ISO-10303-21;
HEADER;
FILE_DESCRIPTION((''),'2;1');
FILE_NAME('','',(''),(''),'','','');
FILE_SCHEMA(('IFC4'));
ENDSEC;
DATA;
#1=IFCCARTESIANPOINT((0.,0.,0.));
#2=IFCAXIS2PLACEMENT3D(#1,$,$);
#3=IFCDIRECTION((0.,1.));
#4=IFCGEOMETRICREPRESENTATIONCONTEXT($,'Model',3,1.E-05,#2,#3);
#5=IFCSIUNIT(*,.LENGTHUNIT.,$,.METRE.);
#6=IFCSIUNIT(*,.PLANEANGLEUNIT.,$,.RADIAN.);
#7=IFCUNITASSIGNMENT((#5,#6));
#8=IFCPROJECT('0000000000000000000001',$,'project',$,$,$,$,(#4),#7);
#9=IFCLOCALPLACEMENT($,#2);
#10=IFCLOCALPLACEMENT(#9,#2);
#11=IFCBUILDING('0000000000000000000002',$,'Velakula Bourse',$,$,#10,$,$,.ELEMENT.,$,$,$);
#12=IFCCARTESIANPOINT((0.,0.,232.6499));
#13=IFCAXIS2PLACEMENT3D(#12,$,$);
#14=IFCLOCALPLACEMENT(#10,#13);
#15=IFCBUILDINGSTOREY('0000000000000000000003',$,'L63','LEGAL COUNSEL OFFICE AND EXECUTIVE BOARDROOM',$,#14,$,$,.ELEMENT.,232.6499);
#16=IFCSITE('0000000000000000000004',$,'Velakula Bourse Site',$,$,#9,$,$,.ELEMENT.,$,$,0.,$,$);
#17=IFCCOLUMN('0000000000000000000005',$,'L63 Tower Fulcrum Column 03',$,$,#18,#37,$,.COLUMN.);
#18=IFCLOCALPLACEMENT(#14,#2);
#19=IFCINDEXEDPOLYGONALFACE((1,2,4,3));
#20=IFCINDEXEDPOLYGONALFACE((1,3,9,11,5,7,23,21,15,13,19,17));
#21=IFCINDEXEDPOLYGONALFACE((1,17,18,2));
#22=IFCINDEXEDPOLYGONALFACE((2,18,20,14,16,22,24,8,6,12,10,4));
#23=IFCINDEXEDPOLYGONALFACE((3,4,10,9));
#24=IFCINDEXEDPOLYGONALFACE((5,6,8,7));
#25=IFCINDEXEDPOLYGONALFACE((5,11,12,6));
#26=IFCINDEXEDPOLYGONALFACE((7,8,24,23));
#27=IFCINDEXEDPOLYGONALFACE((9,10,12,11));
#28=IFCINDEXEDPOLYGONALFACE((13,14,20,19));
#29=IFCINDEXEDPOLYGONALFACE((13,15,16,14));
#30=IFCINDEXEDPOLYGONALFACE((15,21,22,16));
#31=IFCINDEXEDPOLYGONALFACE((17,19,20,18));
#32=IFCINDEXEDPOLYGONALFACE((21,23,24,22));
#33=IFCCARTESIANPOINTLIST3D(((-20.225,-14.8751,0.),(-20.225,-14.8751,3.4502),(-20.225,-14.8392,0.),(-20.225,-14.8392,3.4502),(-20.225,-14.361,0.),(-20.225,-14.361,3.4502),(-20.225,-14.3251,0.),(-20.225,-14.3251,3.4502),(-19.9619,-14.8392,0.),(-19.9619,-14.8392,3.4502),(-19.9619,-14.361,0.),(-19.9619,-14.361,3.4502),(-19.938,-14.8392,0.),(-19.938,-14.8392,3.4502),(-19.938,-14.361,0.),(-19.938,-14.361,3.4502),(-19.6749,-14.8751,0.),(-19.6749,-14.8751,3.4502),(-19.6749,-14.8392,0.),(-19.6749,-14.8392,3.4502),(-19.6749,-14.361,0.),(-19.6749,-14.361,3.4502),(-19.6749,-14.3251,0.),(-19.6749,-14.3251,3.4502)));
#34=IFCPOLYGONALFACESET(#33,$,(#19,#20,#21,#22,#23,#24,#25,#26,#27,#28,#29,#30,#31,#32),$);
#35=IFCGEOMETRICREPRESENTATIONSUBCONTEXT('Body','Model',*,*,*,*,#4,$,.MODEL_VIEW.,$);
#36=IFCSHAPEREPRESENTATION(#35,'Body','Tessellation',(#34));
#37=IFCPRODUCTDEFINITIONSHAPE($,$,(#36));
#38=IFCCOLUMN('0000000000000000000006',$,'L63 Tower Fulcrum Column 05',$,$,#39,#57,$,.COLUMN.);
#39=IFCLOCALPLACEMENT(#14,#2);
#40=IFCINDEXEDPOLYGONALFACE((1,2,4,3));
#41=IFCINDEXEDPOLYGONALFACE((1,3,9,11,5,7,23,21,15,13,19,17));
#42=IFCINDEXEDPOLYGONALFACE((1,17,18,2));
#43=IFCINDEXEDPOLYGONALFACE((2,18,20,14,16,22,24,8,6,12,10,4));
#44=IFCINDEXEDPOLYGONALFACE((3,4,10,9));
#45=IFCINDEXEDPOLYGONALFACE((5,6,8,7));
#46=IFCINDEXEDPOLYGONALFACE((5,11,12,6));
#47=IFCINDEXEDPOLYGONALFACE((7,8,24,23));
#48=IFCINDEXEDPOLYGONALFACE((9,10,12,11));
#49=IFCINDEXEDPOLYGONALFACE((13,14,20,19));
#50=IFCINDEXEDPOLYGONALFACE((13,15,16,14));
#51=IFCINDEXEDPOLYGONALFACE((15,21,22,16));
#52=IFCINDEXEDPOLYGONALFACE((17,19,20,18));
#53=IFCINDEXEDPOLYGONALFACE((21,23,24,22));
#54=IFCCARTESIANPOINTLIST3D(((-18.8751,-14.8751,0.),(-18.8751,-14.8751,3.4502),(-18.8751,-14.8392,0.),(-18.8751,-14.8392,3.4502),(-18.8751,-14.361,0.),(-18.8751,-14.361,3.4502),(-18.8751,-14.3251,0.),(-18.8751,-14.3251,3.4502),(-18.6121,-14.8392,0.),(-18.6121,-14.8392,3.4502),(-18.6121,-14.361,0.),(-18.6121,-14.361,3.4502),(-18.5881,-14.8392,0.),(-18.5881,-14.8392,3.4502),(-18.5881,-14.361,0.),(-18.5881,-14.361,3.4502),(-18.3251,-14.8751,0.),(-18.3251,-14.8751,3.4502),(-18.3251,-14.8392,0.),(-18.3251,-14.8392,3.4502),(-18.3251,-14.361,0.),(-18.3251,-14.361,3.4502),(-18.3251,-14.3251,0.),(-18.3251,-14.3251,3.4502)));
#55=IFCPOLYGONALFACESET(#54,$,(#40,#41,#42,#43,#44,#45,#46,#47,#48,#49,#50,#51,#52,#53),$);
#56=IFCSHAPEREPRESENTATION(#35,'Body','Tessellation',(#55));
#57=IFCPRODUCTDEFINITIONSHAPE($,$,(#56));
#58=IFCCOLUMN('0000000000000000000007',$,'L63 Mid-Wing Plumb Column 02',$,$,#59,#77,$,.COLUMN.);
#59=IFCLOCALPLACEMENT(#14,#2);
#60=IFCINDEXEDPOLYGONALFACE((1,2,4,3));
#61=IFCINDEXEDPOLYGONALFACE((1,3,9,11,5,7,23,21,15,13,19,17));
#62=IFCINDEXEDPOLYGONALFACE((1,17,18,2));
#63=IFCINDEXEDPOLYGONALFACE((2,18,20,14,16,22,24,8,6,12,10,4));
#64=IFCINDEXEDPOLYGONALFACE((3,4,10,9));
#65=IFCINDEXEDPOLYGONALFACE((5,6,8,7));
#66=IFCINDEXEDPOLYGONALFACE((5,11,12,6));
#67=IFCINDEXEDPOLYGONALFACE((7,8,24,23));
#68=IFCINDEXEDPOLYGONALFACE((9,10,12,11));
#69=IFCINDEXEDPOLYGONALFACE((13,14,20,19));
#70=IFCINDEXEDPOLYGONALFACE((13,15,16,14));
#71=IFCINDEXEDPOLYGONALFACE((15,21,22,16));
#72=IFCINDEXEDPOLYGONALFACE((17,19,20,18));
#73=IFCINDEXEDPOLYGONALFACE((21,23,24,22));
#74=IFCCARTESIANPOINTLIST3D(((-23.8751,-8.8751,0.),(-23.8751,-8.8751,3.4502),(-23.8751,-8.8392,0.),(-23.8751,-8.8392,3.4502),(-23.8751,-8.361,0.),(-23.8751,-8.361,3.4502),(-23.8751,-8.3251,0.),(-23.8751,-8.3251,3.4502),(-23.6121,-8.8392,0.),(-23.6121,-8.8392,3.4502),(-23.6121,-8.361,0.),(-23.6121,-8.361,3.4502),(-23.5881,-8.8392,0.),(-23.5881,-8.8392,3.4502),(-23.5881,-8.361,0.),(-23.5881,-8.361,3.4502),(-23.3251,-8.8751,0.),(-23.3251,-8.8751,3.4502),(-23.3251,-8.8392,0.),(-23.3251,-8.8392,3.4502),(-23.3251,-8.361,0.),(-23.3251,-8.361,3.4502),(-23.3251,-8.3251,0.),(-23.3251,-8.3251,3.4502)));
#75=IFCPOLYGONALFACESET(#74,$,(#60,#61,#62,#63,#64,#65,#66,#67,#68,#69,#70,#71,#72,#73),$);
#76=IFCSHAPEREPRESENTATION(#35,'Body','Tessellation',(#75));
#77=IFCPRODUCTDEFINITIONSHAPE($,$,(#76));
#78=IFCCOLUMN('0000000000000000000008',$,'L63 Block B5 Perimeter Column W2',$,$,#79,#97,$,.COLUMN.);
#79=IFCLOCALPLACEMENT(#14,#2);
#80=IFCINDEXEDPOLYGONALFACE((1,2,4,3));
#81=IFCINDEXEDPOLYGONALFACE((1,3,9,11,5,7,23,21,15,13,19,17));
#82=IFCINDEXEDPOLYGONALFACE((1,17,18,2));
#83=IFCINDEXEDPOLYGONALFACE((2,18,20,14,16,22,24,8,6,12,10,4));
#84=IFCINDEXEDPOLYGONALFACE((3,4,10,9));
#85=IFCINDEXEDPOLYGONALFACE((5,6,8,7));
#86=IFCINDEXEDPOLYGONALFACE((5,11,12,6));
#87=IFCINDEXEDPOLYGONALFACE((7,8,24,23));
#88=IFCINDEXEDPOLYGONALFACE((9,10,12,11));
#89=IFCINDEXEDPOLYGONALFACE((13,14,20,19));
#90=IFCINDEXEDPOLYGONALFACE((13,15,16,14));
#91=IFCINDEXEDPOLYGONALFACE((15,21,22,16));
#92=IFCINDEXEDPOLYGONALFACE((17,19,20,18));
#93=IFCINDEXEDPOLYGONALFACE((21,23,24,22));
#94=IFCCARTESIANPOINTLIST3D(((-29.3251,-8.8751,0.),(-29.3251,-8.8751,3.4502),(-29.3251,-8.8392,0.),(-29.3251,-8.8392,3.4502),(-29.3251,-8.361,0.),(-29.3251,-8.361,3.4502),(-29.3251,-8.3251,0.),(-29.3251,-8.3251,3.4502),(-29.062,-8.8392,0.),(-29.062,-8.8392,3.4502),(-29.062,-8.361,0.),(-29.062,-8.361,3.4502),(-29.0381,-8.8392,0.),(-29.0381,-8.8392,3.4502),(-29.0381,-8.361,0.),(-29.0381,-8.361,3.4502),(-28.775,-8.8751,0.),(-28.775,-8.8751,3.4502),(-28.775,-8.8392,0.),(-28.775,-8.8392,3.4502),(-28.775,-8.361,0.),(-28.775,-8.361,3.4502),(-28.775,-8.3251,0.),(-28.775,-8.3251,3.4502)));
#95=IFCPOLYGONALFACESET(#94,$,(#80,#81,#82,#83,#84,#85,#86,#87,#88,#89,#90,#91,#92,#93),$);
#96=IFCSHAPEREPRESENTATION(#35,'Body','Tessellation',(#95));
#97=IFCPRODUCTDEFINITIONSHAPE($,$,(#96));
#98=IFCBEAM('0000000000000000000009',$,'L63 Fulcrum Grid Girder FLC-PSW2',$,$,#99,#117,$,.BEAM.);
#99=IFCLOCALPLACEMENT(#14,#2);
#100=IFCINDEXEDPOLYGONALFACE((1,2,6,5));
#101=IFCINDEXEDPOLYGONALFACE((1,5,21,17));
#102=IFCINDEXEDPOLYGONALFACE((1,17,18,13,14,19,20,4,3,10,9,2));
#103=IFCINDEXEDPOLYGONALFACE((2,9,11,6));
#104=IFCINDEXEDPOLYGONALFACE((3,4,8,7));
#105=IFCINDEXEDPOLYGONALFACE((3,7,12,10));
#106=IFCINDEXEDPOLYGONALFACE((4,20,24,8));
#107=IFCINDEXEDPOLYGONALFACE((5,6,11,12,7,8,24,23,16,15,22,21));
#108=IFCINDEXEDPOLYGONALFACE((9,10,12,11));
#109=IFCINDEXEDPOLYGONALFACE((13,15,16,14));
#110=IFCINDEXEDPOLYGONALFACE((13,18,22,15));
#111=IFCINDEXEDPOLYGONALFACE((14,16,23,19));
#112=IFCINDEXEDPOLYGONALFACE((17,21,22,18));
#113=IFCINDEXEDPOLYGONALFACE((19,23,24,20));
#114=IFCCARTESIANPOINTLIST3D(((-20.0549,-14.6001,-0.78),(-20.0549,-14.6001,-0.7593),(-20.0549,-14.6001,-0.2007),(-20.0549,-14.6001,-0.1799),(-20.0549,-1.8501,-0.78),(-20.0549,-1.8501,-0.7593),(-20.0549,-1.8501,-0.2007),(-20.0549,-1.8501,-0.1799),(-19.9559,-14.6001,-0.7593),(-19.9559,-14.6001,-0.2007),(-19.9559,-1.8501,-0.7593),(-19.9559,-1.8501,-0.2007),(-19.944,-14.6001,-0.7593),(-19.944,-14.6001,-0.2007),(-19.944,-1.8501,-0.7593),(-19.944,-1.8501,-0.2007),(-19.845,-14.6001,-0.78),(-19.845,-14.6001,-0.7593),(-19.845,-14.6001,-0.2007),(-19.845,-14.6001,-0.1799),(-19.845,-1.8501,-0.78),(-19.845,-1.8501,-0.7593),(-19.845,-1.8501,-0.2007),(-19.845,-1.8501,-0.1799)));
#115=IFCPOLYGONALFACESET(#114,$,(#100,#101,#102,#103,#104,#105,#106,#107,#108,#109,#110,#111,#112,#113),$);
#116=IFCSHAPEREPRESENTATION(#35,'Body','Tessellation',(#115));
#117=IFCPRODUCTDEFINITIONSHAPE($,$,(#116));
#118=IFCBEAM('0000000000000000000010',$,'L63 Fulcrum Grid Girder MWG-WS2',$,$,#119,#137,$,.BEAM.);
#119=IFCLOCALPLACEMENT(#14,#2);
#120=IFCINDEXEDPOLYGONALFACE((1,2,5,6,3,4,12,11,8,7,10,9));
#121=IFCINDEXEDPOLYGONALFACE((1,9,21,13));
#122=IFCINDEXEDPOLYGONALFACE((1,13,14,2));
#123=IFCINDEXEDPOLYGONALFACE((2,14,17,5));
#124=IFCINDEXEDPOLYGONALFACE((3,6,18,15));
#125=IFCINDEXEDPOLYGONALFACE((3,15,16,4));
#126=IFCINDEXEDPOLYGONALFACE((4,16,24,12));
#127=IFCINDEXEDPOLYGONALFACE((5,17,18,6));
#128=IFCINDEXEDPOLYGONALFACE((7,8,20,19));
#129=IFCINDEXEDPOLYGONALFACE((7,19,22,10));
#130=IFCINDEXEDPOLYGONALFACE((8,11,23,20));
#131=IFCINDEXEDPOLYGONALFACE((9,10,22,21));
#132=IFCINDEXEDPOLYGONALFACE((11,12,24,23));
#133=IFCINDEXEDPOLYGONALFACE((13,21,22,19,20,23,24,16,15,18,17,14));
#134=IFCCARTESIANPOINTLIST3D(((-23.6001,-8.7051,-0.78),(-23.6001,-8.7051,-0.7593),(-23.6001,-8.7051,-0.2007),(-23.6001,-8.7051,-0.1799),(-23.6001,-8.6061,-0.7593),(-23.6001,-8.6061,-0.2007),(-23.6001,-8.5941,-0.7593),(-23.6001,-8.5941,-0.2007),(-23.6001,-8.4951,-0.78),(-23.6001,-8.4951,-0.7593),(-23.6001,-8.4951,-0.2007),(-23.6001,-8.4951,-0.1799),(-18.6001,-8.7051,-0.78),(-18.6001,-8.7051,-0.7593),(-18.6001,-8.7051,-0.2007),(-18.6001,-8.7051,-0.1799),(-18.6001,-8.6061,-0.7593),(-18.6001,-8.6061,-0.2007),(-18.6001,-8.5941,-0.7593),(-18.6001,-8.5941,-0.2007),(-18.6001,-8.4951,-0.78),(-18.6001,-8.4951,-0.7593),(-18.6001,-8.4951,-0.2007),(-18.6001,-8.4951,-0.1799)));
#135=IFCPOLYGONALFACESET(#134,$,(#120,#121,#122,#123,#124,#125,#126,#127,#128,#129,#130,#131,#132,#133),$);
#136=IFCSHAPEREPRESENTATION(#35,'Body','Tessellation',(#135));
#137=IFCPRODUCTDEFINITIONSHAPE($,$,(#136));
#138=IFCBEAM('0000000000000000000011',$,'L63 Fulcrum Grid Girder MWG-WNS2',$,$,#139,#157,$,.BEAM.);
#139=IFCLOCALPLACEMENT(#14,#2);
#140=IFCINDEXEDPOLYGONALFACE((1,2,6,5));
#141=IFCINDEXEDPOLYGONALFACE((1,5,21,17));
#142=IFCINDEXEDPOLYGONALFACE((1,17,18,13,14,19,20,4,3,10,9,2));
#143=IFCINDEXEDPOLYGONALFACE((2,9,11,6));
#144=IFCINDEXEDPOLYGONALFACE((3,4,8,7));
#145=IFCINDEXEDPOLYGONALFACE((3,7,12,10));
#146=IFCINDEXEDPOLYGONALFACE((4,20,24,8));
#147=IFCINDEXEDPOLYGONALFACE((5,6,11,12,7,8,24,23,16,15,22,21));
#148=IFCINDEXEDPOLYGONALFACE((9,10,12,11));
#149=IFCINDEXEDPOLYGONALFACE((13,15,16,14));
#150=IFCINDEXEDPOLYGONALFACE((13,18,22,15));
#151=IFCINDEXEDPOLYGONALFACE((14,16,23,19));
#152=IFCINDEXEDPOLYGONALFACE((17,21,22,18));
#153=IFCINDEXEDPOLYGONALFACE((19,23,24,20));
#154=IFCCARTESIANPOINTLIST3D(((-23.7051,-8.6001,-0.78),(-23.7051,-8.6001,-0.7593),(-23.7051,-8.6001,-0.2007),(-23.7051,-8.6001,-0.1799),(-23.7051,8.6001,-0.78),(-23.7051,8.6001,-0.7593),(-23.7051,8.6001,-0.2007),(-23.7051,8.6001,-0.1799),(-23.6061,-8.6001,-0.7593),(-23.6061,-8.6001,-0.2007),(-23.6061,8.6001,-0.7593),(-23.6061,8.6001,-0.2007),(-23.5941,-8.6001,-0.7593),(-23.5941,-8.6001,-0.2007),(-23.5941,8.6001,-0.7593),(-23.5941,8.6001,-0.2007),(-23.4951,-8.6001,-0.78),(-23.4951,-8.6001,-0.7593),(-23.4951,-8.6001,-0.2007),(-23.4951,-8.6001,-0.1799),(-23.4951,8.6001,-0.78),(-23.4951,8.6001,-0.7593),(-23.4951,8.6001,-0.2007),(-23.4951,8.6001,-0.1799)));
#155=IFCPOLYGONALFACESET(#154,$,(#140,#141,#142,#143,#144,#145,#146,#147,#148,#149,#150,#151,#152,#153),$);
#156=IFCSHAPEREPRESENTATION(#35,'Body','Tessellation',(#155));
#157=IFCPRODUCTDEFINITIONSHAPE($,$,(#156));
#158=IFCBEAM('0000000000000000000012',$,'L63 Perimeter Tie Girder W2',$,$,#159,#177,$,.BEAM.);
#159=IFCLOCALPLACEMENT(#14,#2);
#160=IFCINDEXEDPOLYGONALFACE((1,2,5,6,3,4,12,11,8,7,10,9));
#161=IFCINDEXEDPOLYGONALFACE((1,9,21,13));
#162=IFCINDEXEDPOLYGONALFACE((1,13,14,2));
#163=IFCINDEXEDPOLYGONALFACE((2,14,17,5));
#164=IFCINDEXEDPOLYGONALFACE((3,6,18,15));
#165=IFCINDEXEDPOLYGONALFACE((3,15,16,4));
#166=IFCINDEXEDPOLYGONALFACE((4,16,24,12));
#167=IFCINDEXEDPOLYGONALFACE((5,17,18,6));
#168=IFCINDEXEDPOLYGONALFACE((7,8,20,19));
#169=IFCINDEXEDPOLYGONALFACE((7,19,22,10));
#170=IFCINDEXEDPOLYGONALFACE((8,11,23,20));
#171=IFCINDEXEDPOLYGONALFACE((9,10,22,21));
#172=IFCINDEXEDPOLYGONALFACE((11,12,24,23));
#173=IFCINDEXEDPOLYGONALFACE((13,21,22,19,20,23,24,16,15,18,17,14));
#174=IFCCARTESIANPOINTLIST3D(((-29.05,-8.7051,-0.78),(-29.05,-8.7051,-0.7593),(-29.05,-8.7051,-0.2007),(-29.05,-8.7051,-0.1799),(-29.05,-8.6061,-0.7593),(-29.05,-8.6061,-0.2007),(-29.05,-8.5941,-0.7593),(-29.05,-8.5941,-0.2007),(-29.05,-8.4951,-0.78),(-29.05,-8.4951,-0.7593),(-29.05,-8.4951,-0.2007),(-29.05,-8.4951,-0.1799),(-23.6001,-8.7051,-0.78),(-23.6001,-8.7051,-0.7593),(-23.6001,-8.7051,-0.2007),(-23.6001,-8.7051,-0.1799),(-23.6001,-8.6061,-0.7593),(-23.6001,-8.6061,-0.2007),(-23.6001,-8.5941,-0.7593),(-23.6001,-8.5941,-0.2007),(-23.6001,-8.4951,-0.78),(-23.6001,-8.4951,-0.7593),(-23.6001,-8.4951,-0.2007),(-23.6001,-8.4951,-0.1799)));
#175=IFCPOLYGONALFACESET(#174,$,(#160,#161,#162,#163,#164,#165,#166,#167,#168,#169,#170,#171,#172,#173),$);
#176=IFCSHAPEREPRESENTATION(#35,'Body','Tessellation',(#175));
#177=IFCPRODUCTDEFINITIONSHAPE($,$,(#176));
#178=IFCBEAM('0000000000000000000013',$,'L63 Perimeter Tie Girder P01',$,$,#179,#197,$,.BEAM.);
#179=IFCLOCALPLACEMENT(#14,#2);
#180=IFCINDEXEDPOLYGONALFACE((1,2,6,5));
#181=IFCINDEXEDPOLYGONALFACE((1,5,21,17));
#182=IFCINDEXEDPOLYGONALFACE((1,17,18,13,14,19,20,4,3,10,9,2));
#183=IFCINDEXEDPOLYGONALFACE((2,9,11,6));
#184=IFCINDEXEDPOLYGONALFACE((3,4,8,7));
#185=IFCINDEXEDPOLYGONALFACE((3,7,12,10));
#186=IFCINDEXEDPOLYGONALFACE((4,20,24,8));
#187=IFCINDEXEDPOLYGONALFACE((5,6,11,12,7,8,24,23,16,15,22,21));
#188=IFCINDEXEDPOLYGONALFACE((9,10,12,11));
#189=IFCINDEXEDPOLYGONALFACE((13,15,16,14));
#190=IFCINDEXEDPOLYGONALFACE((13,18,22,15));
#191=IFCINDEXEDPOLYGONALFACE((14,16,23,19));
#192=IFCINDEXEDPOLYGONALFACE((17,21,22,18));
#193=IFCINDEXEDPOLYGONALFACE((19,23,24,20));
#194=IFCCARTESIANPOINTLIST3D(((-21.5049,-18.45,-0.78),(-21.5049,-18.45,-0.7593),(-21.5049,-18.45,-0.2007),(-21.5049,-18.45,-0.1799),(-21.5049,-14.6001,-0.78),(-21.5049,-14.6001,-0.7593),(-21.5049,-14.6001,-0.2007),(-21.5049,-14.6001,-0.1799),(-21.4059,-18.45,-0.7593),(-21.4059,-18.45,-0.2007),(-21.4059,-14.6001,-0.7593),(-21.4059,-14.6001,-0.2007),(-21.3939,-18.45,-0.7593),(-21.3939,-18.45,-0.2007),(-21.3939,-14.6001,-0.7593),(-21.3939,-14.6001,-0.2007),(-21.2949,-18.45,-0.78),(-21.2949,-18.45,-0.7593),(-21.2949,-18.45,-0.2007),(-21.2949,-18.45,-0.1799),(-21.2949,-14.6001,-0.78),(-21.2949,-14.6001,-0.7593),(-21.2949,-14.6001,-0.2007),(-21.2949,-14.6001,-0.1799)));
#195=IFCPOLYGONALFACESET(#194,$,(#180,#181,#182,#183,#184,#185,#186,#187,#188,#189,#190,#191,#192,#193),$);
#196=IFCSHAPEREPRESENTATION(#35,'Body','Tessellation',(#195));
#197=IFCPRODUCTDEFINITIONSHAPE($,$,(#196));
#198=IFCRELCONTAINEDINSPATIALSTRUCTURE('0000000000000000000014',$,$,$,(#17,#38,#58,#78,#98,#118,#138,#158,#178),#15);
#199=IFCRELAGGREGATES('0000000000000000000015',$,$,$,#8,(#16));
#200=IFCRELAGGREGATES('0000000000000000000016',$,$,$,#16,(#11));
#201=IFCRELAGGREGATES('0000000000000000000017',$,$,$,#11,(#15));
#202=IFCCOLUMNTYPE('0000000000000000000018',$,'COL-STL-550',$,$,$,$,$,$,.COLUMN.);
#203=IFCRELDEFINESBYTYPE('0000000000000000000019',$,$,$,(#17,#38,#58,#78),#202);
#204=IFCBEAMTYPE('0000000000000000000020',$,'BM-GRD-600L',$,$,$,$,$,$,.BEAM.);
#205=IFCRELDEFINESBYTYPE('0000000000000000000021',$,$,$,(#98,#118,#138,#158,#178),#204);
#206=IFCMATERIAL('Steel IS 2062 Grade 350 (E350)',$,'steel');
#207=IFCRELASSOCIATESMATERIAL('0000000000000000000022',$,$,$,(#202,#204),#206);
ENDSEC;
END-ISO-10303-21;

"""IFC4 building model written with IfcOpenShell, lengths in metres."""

from ifc_helpers import new_model, si_unit, direction, frame, origin, origin_2d, place, context, subcontext, project, spatial, i_section, extrude, material, material_profile, profile_set, type_object, element, save


model = new_model("IFC4")

# Units and contexts
model_context = context("Model", 3, precision=1e-05, world=origin(), true_north=direction((0.0, 1.0)))
body_context = subcontext(model_context, "Body", "Model", "MODEL_VIEW")
ifc_project = project(units=[si_unit("LENGTHUNIT", "METRE"), si_unit("PLANEANGLEUNIT", "RADIAN")], contexts=[model_context])

# Site, building, storey
site_placement = place(None, origin())
site = spatial("IfcSite", under=ifc_project, at=site_placement, Name="Velakula Bourse Site", CompositionType="ELEMENT", RefElevation=0.0)
building_placement = place(site_placement, origin())
building = spatial("IfcBuilding", under=site, at=building_placement, Name="Velakula Bourse", CompositionType="ELEMENT")
storey_placement = place(building_placement, frame((0.0, 0.0, 232.6499)))
storey = spatial("IfcBuildingStorey", under=building, at=storey_placement, Name="L63", Description="LEGAL COUNSEL OFFICE AND EXECUTIVE BOARDROOM", CompositionType="ELEMENT", Elevation=232.6499)

# Columns
ifc_material_1 = material(Name="Steel IS 2062 Grade 350 (E350)", Category="steel")
ifc_material_profile_1 = material_profile(ifc_material_1, i_section(OverallWidth=0.55, OverallDepth=0.55, WebThickness=0.0239, FlangeThickness=0.0359, at=origin_2d()), Name="Steel IS 2062 Grade 350 (E350)")
ifc_profile_set_1 = profile_set([ifc_material_profile_1], Name="Steel IS 2062 Grade 350 (E350)")
column_type = type_object("IfcColumnType", Name="COL-STL-550", PredefinedType="COLUMN", material=ifc_profile_set_1)
for number, where, z_axis, x_axis, name in (
    (1, (-19.95, -14.6001, 0.0), (0.0, 0.0, 1.0), (1.0, 0.0, 0.0), "L63 Tower Fulcrum Column 03"),
    (2, (-18.6001, -14.6001, 0.0), (0.0, 0.0, 1.0), (1.0, 0.0, 0.0), "L63 Tower Fulcrum Column 05"),
    (3, (-23.6001, -8.6001, 0.0), (0.0, 0.0, 1.0), (1.0, 0.0, 0.0), "L63 Mid-Wing Plumb Column 02"),
    (4, (-29.05, -8.6001, 0.0), (0.0, 0.0, 1.0), (1.0, 0.0, 0.0), "L63 Block B5 Perimeter Column W2"),
):
    element("IfcColumn", number, at=place(storey_placement, frame(where, z_axis=z_axis, x_axis=x_axis)), inside=storey, type_object=column_type, Name=name, PredefinedType="COLUMN", context=body_context, shape_type="SweptSolid", body=[
        extrude(i_section(OverallWidth=0.55, OverallDepth=0.55, WebThickness=0.0239, FlangeThickness=0.0359, at=origin_2d()), origin(), (0.0, 0.0, 1.0), 3.4502),
    ])

# Beams
ifc_material_profile_2 = material_profile(ifc_material_1, i_section(OverallWidth=0.21, OverallDepth=0.6001, WebThickness=0.012, FlangeThickness=0.0208, at=origin_2d()), Name="Steel IS 2062 Grade 350 (E350)")
ifc_profile_set_2 = profile_set([ifc_material_profile_2], Name="Steel IS 2062 Grade 350 (E350)")
beam_type_1 = type_object("IfcBeamType", Name="BM-GRD-600L", PredefinedType="BEAM", material=ifc_profile_set_2)
beam_1_placement = place(storey_placement, frame((-19.95, -14.6001, -0.48), z_axis=(0.0, 1.0, 0.0), x_axis=(-1.0, 0.0, 0.0)))
element("IfcBeam", 5, at=beam_1_placement, inside=storey, type_object=beam_type_1, Name="L63 Fulcrum Grid Girder FLC-PSW2", PredefinedType="BEAM", context=body_context, shape_type="SweptSolid", body=[
    extrude(i_section(OverallWidth=0.21, OverallDepth=0.6001, WebThickness=0.012, FlangeThickness=0.0208, at=origin_2d()), origin(), (0.0, 0.0, 1.0), 12.75),
])
beam_2_placement = place(storey_placement, frame((-23.6001, -8.6001, -0.48), z_axis=(1.0, 0.0, 0.0), x_axis=(0.0, 1.0, 0.0)))
element("IfcBeam", 6, at=beam_2_placement, inside=storey, type_object=beam_type_1, Name="L63 Fulcrum Grid Girder MWG-WS2", PredefinedType="BEAM", context=body_context, shape_type="SweptSolid", body=[
    extrude(i_section(OverallWidth=0.21, OverallDepth=0.6001, WebThickness=0.012, FlangeThickness=0.0208, at=origin_2d()), origin(), (0.0, 0.0, 1.0), 5.0),
])
beam_3_placement = place(storey_placement, frame((-23.6001, -8.6001, -0.48), z_axis=(0.0, 1.0, 0.0), x_axis=(-1.0, 0.0, 0.0)))
element("IfcBeam", 7, at=beam_3_placement, inside=storey, type_object=beam_type_1, Name="L63 Fulcrum Grid Girder MWG-WNS2", PredefinedType="BEAM", context=body_context, shape_type="SweptSolid", body=[
    extrude(i_section(OverallWidth=0.21, OverallDepth=0.6001, WebThickness=0.012, FlangeThickness=0.0208, at=origin_2d()), origin(), (0.0, 0.0, 1.0), 17.2002),
])
beam_4_placement = place(storey_placement, frame((-23.6001, -8.6001, -0.48), z_axis=(-1.0, 0.0, 0.0), x_axis=(0.0, -1.0, 0.0)))
element("IfcBeam", 8, at=beam_4_placement, inside=storey, type_object=beam_type_1, Name="L63 Perimeter Tie Girder W2", PredefinedType="BEAM", context=body_context, shape_type="SweptSolid", body=[
    extrude(i_section(OverallWidth=0.21, OverallDepth=0.6001, WebThickness=0.012, FlangeThickness=0.0208, at=origin_2d()), origin(), (0.0, 0.0, 1.0), 5.45),
])
for number, where, z_axis, x_axis, name in (
    (9, (-21.3999, -14.6001, -0.48), (0.0, -1.0, 0.0), (1.0, 0.0, 0.0), "L63 Perimeter Tie Girder P01"),
):
    element("IfcBeam", number, at=place(storey_placement, frame(where, z_axis=z_axis, x_axis=x_axis)), inside=storey, type_object=beam_type_1, Name=name, PredefinedType="BEAM", context=body_context, shape_type="SweptSolid", body=[
        extrude(i_section(OverallWidth=0.21, OverallDepth=0.6001, WebThickness=0.012, FlangeThickness=0.0208, at=origin_2d()), origin(), (0.0, 0.0, 1.0), 3.8499),
    ])

save(model, "model.ifc")
